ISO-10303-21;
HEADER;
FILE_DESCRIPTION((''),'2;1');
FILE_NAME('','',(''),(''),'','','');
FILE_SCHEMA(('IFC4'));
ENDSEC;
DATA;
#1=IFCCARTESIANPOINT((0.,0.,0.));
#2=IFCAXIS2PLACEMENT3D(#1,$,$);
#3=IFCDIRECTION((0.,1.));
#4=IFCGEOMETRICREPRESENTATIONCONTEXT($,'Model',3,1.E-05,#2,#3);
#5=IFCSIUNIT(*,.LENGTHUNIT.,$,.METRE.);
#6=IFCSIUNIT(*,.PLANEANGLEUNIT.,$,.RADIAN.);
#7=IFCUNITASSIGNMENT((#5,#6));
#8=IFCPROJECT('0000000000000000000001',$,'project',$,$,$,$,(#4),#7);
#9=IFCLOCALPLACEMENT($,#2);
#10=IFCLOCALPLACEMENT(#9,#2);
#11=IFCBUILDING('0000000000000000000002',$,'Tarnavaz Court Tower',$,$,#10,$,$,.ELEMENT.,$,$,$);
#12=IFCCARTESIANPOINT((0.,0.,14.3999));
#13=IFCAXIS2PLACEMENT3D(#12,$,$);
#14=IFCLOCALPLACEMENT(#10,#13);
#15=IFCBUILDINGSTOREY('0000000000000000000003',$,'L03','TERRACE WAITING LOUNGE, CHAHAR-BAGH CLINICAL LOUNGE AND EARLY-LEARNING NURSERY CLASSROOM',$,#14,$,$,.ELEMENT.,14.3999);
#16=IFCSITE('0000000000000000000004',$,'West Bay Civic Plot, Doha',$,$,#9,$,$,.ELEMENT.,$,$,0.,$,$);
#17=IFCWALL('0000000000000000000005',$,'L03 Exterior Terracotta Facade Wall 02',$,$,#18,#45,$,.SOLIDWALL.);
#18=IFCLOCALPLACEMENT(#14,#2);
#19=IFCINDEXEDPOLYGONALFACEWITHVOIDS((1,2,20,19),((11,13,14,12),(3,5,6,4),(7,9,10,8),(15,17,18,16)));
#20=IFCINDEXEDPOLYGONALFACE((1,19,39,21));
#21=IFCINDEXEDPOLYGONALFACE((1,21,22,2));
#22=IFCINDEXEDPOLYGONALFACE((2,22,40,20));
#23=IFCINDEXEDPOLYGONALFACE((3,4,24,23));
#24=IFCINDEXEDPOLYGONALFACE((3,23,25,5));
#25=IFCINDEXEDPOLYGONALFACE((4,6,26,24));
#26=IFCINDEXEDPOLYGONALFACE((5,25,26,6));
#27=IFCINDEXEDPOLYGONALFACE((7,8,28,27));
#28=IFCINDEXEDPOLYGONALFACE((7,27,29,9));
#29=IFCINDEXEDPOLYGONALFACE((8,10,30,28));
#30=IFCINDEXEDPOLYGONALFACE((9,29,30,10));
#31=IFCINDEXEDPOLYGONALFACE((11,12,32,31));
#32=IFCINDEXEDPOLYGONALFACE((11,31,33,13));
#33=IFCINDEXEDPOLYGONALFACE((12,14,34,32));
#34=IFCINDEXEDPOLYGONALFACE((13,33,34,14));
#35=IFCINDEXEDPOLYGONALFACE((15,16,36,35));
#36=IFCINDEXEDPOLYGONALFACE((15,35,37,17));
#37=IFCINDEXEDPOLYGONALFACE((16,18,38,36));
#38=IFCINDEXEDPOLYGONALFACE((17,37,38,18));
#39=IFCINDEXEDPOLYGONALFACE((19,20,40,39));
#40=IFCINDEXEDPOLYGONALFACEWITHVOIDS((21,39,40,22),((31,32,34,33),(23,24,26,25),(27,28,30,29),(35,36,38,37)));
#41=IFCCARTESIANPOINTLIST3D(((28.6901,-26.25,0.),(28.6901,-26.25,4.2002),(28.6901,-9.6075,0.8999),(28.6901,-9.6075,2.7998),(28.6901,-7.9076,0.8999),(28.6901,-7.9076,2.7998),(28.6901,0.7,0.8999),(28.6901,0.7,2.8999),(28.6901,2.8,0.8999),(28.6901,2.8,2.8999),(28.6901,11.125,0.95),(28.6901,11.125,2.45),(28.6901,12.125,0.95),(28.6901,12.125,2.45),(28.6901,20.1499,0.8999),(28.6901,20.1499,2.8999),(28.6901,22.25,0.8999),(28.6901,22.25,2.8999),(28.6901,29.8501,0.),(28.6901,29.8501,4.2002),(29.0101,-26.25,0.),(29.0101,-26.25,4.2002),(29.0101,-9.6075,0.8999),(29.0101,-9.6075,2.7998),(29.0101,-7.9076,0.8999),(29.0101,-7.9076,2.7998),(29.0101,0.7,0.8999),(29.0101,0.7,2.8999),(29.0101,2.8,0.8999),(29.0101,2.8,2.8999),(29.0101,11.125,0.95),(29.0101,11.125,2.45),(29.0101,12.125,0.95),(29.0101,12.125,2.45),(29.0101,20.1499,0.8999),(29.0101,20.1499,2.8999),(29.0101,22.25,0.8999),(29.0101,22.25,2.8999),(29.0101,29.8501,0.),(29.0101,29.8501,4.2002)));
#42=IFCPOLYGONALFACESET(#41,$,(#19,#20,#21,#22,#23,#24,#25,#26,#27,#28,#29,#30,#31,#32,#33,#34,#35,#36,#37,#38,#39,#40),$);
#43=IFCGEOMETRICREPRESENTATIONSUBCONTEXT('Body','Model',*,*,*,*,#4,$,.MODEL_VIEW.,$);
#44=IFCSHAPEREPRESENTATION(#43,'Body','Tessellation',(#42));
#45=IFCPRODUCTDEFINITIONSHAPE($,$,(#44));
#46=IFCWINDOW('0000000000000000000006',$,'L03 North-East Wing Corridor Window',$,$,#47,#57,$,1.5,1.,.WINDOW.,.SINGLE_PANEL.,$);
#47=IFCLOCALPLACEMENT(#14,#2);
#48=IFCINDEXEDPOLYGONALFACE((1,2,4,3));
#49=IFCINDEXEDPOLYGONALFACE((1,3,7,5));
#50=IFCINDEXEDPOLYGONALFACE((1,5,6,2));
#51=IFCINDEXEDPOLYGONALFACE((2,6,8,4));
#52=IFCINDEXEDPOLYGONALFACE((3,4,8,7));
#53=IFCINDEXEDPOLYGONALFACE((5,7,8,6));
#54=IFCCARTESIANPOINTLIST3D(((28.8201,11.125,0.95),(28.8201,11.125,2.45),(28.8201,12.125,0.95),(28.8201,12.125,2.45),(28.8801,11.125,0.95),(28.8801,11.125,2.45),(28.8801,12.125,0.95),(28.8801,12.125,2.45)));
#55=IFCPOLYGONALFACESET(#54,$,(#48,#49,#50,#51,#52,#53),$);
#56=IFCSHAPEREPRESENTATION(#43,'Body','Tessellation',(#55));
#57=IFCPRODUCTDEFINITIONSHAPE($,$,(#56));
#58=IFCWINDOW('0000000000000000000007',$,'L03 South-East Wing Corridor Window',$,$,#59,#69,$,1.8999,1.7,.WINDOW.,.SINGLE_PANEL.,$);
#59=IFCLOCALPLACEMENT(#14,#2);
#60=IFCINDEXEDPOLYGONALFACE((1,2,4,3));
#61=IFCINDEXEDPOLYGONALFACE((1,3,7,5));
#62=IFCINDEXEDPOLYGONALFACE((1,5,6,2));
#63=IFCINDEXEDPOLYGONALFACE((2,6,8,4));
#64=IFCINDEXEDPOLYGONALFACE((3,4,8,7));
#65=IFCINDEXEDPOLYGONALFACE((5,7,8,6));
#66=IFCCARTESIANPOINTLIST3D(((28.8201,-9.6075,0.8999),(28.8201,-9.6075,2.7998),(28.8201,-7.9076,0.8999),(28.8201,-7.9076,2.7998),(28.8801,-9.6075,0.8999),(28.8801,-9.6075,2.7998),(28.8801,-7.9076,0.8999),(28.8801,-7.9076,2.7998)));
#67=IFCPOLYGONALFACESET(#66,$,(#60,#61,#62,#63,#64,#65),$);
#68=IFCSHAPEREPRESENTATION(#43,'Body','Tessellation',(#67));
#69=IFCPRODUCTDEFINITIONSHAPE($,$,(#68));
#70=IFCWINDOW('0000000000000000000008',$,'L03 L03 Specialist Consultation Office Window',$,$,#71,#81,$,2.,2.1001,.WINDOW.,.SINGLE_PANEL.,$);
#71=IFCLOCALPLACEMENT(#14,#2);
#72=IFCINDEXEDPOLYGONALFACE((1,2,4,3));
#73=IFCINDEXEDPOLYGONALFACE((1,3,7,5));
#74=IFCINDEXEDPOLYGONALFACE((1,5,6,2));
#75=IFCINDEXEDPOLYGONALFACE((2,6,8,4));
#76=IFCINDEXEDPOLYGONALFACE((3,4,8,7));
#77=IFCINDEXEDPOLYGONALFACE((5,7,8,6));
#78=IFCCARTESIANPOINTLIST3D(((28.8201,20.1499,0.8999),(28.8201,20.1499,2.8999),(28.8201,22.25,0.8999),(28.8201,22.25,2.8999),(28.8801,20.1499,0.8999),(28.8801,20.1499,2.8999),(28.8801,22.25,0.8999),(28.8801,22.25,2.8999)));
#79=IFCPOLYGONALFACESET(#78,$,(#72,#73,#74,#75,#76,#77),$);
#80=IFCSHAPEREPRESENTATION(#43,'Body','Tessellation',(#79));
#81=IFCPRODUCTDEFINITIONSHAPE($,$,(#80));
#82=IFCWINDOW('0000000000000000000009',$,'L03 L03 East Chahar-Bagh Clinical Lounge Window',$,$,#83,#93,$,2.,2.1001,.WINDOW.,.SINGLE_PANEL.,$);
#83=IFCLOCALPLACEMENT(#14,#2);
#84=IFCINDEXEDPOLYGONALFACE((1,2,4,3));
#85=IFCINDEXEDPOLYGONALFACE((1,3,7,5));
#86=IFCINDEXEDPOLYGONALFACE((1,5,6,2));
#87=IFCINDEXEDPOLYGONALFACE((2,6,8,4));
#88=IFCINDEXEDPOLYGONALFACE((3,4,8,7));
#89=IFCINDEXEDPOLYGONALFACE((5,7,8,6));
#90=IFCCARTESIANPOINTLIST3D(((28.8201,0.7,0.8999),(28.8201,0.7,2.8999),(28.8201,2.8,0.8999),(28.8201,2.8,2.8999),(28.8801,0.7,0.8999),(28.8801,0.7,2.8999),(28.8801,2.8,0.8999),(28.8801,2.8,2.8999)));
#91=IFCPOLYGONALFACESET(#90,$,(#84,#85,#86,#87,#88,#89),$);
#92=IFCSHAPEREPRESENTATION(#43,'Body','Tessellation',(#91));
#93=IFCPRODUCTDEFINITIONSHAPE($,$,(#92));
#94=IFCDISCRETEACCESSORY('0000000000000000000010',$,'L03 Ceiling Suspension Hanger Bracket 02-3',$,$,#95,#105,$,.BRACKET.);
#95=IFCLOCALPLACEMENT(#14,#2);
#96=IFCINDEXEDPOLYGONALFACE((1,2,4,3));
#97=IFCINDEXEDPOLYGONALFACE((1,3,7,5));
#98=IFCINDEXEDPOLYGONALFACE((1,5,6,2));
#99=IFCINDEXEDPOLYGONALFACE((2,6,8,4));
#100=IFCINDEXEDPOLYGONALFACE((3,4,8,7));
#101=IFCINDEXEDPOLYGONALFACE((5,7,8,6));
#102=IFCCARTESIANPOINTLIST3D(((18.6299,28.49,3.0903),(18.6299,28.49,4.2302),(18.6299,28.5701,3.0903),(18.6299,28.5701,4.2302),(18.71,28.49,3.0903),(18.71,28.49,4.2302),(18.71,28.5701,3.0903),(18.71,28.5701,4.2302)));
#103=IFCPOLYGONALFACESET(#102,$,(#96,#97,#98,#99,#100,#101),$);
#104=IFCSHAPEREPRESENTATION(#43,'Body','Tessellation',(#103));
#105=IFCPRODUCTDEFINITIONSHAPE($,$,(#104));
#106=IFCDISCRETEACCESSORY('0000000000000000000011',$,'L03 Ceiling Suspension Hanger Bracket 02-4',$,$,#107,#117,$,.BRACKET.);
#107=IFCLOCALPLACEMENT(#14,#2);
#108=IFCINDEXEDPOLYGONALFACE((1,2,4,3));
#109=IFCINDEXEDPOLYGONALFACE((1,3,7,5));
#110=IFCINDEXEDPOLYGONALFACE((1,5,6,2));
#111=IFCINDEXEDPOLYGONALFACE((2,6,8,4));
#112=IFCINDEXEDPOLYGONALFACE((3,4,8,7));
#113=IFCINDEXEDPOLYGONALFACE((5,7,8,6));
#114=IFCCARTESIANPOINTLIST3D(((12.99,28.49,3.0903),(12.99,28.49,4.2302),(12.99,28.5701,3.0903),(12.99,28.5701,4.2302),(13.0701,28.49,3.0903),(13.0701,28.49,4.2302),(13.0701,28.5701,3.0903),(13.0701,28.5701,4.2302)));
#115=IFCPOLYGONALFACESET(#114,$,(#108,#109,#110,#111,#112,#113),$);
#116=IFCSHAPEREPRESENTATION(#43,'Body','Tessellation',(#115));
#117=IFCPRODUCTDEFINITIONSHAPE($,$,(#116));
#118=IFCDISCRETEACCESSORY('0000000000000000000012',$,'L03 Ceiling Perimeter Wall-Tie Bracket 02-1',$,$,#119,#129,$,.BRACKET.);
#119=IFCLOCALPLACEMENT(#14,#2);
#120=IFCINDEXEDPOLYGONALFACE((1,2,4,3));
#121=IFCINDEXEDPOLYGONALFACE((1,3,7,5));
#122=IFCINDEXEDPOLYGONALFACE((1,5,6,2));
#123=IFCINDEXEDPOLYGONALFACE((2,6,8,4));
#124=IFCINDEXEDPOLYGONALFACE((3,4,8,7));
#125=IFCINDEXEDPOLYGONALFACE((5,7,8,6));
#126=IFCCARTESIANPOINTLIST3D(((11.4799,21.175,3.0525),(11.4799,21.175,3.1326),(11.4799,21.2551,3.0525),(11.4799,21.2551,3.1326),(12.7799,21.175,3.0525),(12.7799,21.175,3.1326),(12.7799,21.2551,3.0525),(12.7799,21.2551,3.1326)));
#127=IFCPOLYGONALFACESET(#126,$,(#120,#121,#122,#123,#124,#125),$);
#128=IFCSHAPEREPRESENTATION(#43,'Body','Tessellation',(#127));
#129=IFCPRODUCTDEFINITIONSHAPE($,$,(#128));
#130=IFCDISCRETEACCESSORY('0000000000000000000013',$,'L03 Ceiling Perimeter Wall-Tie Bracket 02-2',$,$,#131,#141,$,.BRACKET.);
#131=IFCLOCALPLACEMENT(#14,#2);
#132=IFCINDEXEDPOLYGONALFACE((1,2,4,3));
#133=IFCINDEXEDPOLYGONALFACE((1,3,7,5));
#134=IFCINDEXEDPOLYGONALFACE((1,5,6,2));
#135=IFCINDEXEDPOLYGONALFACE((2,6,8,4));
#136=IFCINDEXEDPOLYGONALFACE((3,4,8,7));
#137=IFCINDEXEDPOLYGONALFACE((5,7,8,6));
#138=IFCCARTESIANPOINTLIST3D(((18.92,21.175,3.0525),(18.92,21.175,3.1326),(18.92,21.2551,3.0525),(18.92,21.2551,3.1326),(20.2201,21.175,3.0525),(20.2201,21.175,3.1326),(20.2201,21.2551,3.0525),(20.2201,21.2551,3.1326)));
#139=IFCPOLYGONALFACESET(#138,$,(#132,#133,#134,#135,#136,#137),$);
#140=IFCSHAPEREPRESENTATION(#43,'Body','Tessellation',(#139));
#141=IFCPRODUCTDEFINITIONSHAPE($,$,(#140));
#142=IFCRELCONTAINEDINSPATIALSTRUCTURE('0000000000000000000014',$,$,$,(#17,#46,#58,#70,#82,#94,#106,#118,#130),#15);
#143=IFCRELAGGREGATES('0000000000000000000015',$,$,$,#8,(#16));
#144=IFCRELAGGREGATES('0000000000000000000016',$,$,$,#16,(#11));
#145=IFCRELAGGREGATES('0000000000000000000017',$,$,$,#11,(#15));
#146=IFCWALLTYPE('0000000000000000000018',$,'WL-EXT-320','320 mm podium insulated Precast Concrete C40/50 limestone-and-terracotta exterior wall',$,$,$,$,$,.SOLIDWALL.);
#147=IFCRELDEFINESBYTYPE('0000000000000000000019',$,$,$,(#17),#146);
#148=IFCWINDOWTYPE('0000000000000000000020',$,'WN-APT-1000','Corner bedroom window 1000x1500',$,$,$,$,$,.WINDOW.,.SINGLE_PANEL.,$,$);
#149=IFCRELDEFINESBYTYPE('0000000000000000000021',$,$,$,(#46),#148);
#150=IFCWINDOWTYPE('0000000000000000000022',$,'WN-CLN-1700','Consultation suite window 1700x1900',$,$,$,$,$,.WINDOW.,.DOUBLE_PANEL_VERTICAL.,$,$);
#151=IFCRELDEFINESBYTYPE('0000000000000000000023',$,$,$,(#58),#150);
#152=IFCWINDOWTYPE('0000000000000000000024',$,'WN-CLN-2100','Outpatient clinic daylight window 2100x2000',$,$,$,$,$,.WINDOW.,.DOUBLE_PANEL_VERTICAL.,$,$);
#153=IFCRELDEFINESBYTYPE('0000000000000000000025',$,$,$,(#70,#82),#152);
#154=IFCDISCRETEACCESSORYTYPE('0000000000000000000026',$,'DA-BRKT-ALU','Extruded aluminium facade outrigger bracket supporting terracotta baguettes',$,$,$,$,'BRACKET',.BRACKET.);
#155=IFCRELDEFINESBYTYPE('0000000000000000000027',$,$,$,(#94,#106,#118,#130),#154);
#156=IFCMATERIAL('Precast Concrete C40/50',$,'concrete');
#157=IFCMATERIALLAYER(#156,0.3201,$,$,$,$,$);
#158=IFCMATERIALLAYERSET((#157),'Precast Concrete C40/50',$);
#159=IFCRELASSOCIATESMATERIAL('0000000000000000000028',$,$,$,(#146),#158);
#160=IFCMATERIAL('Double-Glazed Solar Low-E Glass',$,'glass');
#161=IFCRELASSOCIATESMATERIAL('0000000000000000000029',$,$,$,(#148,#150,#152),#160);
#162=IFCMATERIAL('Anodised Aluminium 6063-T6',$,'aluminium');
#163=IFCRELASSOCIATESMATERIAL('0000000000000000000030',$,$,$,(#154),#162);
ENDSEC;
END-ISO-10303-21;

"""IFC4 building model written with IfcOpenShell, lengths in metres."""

from ifc_helpers import new_model, si_unit, direction, frame, frame_2d, origin, origin_2d, place, context, subcontext, project, spatial, rectangle, extrude, material, layer, layer_set, type_object, element, fill, save


model = new_model("IFC4")

# Units and contexts
model_context = context("Model", 3, precision=1e-05, world=origin(), true_north=direction((0.0, 1.0)))
body_context = subcontext(model_context, "Body", "Model", "MODEL_VIEW")
ifc_project = project(units=[si_unit("LENGTHUNIT", "METRE"), si_unit("PLANEANGLEUNIT", "RADIAN")], contexts=[model_context])

# Site, building, storey
site_placement = place(None, origin())
site = spatial("IfcSite", under=ifc_project, at=site_placement, Name="West Bay Civic Plot, Doha", CompositionType="ELEMENT", RefElevation=0.0)
building_placement = place(site_placement, origin())
building = spatial("IfcBuilding", under=site, at=building_placement, Name="Tarnavaz Court Tower", CompositionType="ELEMENT")
storey_placement = place(building_placement, frame((0.0, 0.0, 14.3999)))
storey = spatial("IfcBuildingStorey", under=building, at=storey_placement, Name="L03", Description="TERRACE WAITING LOUNGE, CHAHAR-BAGH CLINICAL LOUNGE AND EARLY-LEARNING NURSERY CLASSROOM", CompositionType="ELEMENT", Elevation=14.3999)

# Shared definitions
ifc_material_1 = material(Name="Anodised Aluminium 6063-T6", Category="aluminium")
ifc_material_2 = material(Name="Double-Glazed Solar Low-E Glass", Category="glass")

# Wall, openings, windows
ifc_material_3 = material(Name="Precast Concrete C40/50", Category="concrete")
ifc_layer_1 = layer(ifc_material_3, 0.3201)
ifc_layer_set_1 = layer_set([ifc_layer_1], Name="Precast Concrete C40/50")
wall_type = type_object("IfcWallType", Name="WL-EXT-320", Description="320 mm podium insulated Precast Concrete C40/50 limestone-and-terracotta exterior wall", PredefinedType="SOLIDWALL", material=ifc_layer_set_1)
wall_placement = place(storey_placement, frame((28.8501, 29.8501, 0.0), z_axis=(0.0, 0.0, 1.0), x_axis=(0.0, -1.0, 0.0)))
wall = element("IfcWall", 1, at=wall_placement, inside=storey, type_object=wall_type, Name="L03 Exterior Terracotta Facade Wall 02", PredefinedType="SOLIDWALL", context=body_context, shape_type="SweptSolid", body=[
    extrude(rectangle(XDim=56.1001, YDim=0.3201, at=frame_2d((28.05, 0.0))), origin(), (0.0, 0.0, 1.0), 4.2002),
])
opening_1_placement = place(wall_placement, frame((7.6001, 0.0, 0.8999)))
opening_1 = element("IfcOpeningElement", 2, at=opening_1_placement, cuts=wall, PredefinedType="OPENING", context=body_context, shape_type="SweptSolid", body=[
    extrude(rectangle(XDim=2.1001, YDim=2.0, at=frame_2d((1.05, 1.0))), frame((0.0, 0.1699, 0.0), z_axis=(0.0, -1.0, 0.0), x_axis=(1.0, 0.0, 0.0)), (0.0, 0.0, 1.0), 0.3401),
])
opening_2_placement = place(wall_placement, frame((17.7251, 0.0, 0.95)))
opening_2 = element("IfcOpeningElement", 3, at=opening_2_placement, cuts=wall, PredefinedType="OPENING", context=body_context, shape_type="SweptSolid", body=[
    extrude(rectangle(XDim=1.0, YDim=1.5, at=frame_2d((0.5, 0.75))), frame((0.0, 0.1699, 0.0), z_axis=(0.0, -1.0, 0.0), x_axis=(1.0, 0.0, 0.0)), (0.0, 0.0, 1.0), 0.3401),
])
opening_3_placement = place(wall_placement, frame((27.05, 0.0, 0.8999)))
opening_3 = element("IfcOpeningElement", 4, at=opening_3_placement, cuts=wall, PredefinedType="OPENING", context=body_context, shape_type="SweptSolid", body=[
    extrude(rectangle(XDim=2.1001, YDim=2.0, at=frame_2d((1.05, 1.0))), frame((0.0, 0.1699, 0.0), z_axis=(0.0, -1.0, 0.0), x_axis=(1.0, 0.0, 0.0)), (0.0, 0.0, 1.0), 0.3401),
])
opening_4_placement = place(wall_placement, frame((37.7576, 0.0, 0.8999)))
opening_4 = element("IfcOpeningElement", 5, at=opening_4_placement, cuts=wall, PredefinedType="OPENING", context=body_context, shape_type="SweptSolid", body=[
    extrude(rectangle(XDim=1.7, YDim=1.8999, at=frame_2d((0.8501, 0.95))), frame((0.0, 0.1699, 0.0), z_axis=(0.0, -1.0, 0.0), x_axis=(1.0, 0.0, 0.0)), (0.0, 0.0, 1.0), 0.3401),
])
window_type_1 = type_object("IfcWindowType", Name="WN-APT-1000", Description="Corner bedroom window 1000x1500", PartitioningType="SINGLE_PANEL", PredefinedType="WINDOW", material=ifc_material_2)
window_1_placement = place(opening_2_placement, origin())
window_1 = element("IfcWindow", 6, at=window_1_placement, inside=storey, type_object=window_type_1, Name="L03 North-East Wing Corridor Window", OverallHeight=1.5, OverallWidth=1.0, PartitioningType="SINGLE_PANEL", PredefinedType="WINDOW", context=body_context, shape_type="SweptSolid", body=[
    extrude(rectangle(XDim=1.0, YDim=1.5, at=frame_2d((0.5, 0.75))), frame((0.0, 0.03, 0.0), z_axis=(0.0, -1.0, 0.0), x_axis=(1.0, 0.0, 0.0)), (0.0, 0.0, 1.0), 0.0601),
])
fill(opening_2, window_1)
window_type_2 = type_object("IfcWindowType", Name="WN-CLN-1700", Description="Consultation suite window 1700x1900", PartitioningType="DOUBLE_PANEL_VERTICAL", PredefinedType="WINDOW", material=ifc_material_2)
window_2_placement = place(opening_4_placement, origin())
window_2 = element("IfcWindow", 7, at=window_2_placement, inside=storey, type_object=window_type_2, Name="L03 South-East Wing Corridor Window", OverallHeight=1.8999, OverallWidth=1.7, PartitioningType="SINGLE_PANEL", PredefinedType="WINDOW", context=body_context, shape_type="SweptSolid", body=[
    extrude(rectangle(XDim=1.7, YDim=1.8999, at=frame_2d((0.8501, 0.95))), frame((0.0, 0.03, 0.0), z_axis=(0.0, -1.0, 0.0), x_axis=(1.0, 0.0, 0.0)), (0.0, 0.0, 1.0), 0.0601),
])
fill(opening_4, window_2)
window_type_3 = type_object("IfcWindowType", Name="WN-CLN-2100", Description="Outpatient clinic daylight window 2100x2000", PartitioningType="DOUBLE_PANEL_VERTICAL", PredefinedType="WINDOW", material=ifc_material_2)
window_3_placement = place(opening_1_placement, origin())
window_3 = element("IfcWindow", 8, at=window_3_placement, inside=storey, type_object=window_type_3, Name="L03 L03 Specialist Consultation Office Window", OverallHeight=2.0, OverallWidth=2.1001, PartitioningType="SINGLE_PANEL", PredefinedType="WINDOW", context=body_context, shape_type="SweptSolid", body=[
    extrude(rectangle(XDim=2.1001, YDim=2.0, at=frame_2d((1.05, 1.0))), frame((0.0, 0.03, 0.0), z_axis=(0.0, -1.0, 0.0), x_axis=(1.0, 0.0, 0.0)), (0.0, 0.0, 1.0), 0.0601),
])
fill(opening_1, window_3)
window_4_placement = place(opening_3_placement, origin())
window_4 = element("IfcWindow", 9, at=window_4_placement, inside=storey, type_object=window_type_3, Name="L03 L03 East Chahar-Bagh Clinical Lounge Window", OverallHeight=2.0, OverallWidth=2.1001, PartitioningType="SINGLE_PANEL", PredefinedType="WINDOW", context=body_context, shape_type="SweptSolid", body=[
    extrude(rectangle(XDim=2.1001, YDim=2.0, at=frame_2d((1.05, 1.0))), frame((0.0, 0.03, 0.0), z_axis=(0.0, -1.0, 0.0), x_axis=(1.0, 0.0, 0.0)), (0.0, 0.0, 1.0), 0.0601),
])
fill(opening_3, window_4)

# Discrete accessories
discrete_accessory_type = type_object("IfcDiscreteAccessoryType", Name="DA-BRKT-ALU", Description="Extruded aluminium facade outrigger bracket supporting terracotta baguettes", ElementType="BRACKET", PredefinedType="BRACKET", material=ifc_material_1)
for number, where, z_axis, x_axis, name in (
    (10, (18.6699, 28.53, 3.0903), (0.0, 0.0, 1.0), (1.0, 0.0, 0.0), "L03 Ceiling Suspension Hanger Bracket 02-3"),
    (11, (13.03, 28.53, 3.0903), (0.0, 0.0, 1.0), (1.0, 0.0, 0.0), "L03 Ceiling Suspension Hanger Bracket 02-4"),
):
    element("IfcDiscreteAccessory", number, at=place(storey_placement, frame(where, z_axis=z_axis, x_axis=x_axis)), inside=storey, type_object=discrete_accessory_type, Name=name, PredefinedType="BRACKET", context=body_context, shape_type="SweptSolid", body=[
        extrude(rectangle(XDim=0.0801, YDim=0.0801, at=origin_2d()), origin(), (0.0, 0.0, 1.0), 1.1399),
    ])
for number, where, z_axis, x_axis, name in (
    (12, (12.1299, 21.2151, 3.0525), (0.0, 0.0, 1.0), (1.0, 0.0, 0.0), "L03 Ceiling Perimeter Wall-Tie Bracket 02-1"),
    (13, (19.5701, 21.2151, 3.0525), (0.0, 0.0, 1.0), (1.0, 0.0, 0.0), "L03 Ceiling Perimeter Wall-Tie Bracket 02-2"),
):
    element("IfcDiscreteAccessory", number, at=place(storey_placement, frame(where, z_axis=z_axis, x_axis=x_axis)), inside=storey, type_object=discrete_accessory_type, Name=name, PredefinedType="BRACKET", context=body_context, shape_type="SweptSolid", body=[
        extrude(rectangle(XDim=1.3, YDim=0.0801, at=origin_2d()), origin(), (0.0, 0.0, 1.0), 0.0801),
    ])

save(model, "model.ifc")
